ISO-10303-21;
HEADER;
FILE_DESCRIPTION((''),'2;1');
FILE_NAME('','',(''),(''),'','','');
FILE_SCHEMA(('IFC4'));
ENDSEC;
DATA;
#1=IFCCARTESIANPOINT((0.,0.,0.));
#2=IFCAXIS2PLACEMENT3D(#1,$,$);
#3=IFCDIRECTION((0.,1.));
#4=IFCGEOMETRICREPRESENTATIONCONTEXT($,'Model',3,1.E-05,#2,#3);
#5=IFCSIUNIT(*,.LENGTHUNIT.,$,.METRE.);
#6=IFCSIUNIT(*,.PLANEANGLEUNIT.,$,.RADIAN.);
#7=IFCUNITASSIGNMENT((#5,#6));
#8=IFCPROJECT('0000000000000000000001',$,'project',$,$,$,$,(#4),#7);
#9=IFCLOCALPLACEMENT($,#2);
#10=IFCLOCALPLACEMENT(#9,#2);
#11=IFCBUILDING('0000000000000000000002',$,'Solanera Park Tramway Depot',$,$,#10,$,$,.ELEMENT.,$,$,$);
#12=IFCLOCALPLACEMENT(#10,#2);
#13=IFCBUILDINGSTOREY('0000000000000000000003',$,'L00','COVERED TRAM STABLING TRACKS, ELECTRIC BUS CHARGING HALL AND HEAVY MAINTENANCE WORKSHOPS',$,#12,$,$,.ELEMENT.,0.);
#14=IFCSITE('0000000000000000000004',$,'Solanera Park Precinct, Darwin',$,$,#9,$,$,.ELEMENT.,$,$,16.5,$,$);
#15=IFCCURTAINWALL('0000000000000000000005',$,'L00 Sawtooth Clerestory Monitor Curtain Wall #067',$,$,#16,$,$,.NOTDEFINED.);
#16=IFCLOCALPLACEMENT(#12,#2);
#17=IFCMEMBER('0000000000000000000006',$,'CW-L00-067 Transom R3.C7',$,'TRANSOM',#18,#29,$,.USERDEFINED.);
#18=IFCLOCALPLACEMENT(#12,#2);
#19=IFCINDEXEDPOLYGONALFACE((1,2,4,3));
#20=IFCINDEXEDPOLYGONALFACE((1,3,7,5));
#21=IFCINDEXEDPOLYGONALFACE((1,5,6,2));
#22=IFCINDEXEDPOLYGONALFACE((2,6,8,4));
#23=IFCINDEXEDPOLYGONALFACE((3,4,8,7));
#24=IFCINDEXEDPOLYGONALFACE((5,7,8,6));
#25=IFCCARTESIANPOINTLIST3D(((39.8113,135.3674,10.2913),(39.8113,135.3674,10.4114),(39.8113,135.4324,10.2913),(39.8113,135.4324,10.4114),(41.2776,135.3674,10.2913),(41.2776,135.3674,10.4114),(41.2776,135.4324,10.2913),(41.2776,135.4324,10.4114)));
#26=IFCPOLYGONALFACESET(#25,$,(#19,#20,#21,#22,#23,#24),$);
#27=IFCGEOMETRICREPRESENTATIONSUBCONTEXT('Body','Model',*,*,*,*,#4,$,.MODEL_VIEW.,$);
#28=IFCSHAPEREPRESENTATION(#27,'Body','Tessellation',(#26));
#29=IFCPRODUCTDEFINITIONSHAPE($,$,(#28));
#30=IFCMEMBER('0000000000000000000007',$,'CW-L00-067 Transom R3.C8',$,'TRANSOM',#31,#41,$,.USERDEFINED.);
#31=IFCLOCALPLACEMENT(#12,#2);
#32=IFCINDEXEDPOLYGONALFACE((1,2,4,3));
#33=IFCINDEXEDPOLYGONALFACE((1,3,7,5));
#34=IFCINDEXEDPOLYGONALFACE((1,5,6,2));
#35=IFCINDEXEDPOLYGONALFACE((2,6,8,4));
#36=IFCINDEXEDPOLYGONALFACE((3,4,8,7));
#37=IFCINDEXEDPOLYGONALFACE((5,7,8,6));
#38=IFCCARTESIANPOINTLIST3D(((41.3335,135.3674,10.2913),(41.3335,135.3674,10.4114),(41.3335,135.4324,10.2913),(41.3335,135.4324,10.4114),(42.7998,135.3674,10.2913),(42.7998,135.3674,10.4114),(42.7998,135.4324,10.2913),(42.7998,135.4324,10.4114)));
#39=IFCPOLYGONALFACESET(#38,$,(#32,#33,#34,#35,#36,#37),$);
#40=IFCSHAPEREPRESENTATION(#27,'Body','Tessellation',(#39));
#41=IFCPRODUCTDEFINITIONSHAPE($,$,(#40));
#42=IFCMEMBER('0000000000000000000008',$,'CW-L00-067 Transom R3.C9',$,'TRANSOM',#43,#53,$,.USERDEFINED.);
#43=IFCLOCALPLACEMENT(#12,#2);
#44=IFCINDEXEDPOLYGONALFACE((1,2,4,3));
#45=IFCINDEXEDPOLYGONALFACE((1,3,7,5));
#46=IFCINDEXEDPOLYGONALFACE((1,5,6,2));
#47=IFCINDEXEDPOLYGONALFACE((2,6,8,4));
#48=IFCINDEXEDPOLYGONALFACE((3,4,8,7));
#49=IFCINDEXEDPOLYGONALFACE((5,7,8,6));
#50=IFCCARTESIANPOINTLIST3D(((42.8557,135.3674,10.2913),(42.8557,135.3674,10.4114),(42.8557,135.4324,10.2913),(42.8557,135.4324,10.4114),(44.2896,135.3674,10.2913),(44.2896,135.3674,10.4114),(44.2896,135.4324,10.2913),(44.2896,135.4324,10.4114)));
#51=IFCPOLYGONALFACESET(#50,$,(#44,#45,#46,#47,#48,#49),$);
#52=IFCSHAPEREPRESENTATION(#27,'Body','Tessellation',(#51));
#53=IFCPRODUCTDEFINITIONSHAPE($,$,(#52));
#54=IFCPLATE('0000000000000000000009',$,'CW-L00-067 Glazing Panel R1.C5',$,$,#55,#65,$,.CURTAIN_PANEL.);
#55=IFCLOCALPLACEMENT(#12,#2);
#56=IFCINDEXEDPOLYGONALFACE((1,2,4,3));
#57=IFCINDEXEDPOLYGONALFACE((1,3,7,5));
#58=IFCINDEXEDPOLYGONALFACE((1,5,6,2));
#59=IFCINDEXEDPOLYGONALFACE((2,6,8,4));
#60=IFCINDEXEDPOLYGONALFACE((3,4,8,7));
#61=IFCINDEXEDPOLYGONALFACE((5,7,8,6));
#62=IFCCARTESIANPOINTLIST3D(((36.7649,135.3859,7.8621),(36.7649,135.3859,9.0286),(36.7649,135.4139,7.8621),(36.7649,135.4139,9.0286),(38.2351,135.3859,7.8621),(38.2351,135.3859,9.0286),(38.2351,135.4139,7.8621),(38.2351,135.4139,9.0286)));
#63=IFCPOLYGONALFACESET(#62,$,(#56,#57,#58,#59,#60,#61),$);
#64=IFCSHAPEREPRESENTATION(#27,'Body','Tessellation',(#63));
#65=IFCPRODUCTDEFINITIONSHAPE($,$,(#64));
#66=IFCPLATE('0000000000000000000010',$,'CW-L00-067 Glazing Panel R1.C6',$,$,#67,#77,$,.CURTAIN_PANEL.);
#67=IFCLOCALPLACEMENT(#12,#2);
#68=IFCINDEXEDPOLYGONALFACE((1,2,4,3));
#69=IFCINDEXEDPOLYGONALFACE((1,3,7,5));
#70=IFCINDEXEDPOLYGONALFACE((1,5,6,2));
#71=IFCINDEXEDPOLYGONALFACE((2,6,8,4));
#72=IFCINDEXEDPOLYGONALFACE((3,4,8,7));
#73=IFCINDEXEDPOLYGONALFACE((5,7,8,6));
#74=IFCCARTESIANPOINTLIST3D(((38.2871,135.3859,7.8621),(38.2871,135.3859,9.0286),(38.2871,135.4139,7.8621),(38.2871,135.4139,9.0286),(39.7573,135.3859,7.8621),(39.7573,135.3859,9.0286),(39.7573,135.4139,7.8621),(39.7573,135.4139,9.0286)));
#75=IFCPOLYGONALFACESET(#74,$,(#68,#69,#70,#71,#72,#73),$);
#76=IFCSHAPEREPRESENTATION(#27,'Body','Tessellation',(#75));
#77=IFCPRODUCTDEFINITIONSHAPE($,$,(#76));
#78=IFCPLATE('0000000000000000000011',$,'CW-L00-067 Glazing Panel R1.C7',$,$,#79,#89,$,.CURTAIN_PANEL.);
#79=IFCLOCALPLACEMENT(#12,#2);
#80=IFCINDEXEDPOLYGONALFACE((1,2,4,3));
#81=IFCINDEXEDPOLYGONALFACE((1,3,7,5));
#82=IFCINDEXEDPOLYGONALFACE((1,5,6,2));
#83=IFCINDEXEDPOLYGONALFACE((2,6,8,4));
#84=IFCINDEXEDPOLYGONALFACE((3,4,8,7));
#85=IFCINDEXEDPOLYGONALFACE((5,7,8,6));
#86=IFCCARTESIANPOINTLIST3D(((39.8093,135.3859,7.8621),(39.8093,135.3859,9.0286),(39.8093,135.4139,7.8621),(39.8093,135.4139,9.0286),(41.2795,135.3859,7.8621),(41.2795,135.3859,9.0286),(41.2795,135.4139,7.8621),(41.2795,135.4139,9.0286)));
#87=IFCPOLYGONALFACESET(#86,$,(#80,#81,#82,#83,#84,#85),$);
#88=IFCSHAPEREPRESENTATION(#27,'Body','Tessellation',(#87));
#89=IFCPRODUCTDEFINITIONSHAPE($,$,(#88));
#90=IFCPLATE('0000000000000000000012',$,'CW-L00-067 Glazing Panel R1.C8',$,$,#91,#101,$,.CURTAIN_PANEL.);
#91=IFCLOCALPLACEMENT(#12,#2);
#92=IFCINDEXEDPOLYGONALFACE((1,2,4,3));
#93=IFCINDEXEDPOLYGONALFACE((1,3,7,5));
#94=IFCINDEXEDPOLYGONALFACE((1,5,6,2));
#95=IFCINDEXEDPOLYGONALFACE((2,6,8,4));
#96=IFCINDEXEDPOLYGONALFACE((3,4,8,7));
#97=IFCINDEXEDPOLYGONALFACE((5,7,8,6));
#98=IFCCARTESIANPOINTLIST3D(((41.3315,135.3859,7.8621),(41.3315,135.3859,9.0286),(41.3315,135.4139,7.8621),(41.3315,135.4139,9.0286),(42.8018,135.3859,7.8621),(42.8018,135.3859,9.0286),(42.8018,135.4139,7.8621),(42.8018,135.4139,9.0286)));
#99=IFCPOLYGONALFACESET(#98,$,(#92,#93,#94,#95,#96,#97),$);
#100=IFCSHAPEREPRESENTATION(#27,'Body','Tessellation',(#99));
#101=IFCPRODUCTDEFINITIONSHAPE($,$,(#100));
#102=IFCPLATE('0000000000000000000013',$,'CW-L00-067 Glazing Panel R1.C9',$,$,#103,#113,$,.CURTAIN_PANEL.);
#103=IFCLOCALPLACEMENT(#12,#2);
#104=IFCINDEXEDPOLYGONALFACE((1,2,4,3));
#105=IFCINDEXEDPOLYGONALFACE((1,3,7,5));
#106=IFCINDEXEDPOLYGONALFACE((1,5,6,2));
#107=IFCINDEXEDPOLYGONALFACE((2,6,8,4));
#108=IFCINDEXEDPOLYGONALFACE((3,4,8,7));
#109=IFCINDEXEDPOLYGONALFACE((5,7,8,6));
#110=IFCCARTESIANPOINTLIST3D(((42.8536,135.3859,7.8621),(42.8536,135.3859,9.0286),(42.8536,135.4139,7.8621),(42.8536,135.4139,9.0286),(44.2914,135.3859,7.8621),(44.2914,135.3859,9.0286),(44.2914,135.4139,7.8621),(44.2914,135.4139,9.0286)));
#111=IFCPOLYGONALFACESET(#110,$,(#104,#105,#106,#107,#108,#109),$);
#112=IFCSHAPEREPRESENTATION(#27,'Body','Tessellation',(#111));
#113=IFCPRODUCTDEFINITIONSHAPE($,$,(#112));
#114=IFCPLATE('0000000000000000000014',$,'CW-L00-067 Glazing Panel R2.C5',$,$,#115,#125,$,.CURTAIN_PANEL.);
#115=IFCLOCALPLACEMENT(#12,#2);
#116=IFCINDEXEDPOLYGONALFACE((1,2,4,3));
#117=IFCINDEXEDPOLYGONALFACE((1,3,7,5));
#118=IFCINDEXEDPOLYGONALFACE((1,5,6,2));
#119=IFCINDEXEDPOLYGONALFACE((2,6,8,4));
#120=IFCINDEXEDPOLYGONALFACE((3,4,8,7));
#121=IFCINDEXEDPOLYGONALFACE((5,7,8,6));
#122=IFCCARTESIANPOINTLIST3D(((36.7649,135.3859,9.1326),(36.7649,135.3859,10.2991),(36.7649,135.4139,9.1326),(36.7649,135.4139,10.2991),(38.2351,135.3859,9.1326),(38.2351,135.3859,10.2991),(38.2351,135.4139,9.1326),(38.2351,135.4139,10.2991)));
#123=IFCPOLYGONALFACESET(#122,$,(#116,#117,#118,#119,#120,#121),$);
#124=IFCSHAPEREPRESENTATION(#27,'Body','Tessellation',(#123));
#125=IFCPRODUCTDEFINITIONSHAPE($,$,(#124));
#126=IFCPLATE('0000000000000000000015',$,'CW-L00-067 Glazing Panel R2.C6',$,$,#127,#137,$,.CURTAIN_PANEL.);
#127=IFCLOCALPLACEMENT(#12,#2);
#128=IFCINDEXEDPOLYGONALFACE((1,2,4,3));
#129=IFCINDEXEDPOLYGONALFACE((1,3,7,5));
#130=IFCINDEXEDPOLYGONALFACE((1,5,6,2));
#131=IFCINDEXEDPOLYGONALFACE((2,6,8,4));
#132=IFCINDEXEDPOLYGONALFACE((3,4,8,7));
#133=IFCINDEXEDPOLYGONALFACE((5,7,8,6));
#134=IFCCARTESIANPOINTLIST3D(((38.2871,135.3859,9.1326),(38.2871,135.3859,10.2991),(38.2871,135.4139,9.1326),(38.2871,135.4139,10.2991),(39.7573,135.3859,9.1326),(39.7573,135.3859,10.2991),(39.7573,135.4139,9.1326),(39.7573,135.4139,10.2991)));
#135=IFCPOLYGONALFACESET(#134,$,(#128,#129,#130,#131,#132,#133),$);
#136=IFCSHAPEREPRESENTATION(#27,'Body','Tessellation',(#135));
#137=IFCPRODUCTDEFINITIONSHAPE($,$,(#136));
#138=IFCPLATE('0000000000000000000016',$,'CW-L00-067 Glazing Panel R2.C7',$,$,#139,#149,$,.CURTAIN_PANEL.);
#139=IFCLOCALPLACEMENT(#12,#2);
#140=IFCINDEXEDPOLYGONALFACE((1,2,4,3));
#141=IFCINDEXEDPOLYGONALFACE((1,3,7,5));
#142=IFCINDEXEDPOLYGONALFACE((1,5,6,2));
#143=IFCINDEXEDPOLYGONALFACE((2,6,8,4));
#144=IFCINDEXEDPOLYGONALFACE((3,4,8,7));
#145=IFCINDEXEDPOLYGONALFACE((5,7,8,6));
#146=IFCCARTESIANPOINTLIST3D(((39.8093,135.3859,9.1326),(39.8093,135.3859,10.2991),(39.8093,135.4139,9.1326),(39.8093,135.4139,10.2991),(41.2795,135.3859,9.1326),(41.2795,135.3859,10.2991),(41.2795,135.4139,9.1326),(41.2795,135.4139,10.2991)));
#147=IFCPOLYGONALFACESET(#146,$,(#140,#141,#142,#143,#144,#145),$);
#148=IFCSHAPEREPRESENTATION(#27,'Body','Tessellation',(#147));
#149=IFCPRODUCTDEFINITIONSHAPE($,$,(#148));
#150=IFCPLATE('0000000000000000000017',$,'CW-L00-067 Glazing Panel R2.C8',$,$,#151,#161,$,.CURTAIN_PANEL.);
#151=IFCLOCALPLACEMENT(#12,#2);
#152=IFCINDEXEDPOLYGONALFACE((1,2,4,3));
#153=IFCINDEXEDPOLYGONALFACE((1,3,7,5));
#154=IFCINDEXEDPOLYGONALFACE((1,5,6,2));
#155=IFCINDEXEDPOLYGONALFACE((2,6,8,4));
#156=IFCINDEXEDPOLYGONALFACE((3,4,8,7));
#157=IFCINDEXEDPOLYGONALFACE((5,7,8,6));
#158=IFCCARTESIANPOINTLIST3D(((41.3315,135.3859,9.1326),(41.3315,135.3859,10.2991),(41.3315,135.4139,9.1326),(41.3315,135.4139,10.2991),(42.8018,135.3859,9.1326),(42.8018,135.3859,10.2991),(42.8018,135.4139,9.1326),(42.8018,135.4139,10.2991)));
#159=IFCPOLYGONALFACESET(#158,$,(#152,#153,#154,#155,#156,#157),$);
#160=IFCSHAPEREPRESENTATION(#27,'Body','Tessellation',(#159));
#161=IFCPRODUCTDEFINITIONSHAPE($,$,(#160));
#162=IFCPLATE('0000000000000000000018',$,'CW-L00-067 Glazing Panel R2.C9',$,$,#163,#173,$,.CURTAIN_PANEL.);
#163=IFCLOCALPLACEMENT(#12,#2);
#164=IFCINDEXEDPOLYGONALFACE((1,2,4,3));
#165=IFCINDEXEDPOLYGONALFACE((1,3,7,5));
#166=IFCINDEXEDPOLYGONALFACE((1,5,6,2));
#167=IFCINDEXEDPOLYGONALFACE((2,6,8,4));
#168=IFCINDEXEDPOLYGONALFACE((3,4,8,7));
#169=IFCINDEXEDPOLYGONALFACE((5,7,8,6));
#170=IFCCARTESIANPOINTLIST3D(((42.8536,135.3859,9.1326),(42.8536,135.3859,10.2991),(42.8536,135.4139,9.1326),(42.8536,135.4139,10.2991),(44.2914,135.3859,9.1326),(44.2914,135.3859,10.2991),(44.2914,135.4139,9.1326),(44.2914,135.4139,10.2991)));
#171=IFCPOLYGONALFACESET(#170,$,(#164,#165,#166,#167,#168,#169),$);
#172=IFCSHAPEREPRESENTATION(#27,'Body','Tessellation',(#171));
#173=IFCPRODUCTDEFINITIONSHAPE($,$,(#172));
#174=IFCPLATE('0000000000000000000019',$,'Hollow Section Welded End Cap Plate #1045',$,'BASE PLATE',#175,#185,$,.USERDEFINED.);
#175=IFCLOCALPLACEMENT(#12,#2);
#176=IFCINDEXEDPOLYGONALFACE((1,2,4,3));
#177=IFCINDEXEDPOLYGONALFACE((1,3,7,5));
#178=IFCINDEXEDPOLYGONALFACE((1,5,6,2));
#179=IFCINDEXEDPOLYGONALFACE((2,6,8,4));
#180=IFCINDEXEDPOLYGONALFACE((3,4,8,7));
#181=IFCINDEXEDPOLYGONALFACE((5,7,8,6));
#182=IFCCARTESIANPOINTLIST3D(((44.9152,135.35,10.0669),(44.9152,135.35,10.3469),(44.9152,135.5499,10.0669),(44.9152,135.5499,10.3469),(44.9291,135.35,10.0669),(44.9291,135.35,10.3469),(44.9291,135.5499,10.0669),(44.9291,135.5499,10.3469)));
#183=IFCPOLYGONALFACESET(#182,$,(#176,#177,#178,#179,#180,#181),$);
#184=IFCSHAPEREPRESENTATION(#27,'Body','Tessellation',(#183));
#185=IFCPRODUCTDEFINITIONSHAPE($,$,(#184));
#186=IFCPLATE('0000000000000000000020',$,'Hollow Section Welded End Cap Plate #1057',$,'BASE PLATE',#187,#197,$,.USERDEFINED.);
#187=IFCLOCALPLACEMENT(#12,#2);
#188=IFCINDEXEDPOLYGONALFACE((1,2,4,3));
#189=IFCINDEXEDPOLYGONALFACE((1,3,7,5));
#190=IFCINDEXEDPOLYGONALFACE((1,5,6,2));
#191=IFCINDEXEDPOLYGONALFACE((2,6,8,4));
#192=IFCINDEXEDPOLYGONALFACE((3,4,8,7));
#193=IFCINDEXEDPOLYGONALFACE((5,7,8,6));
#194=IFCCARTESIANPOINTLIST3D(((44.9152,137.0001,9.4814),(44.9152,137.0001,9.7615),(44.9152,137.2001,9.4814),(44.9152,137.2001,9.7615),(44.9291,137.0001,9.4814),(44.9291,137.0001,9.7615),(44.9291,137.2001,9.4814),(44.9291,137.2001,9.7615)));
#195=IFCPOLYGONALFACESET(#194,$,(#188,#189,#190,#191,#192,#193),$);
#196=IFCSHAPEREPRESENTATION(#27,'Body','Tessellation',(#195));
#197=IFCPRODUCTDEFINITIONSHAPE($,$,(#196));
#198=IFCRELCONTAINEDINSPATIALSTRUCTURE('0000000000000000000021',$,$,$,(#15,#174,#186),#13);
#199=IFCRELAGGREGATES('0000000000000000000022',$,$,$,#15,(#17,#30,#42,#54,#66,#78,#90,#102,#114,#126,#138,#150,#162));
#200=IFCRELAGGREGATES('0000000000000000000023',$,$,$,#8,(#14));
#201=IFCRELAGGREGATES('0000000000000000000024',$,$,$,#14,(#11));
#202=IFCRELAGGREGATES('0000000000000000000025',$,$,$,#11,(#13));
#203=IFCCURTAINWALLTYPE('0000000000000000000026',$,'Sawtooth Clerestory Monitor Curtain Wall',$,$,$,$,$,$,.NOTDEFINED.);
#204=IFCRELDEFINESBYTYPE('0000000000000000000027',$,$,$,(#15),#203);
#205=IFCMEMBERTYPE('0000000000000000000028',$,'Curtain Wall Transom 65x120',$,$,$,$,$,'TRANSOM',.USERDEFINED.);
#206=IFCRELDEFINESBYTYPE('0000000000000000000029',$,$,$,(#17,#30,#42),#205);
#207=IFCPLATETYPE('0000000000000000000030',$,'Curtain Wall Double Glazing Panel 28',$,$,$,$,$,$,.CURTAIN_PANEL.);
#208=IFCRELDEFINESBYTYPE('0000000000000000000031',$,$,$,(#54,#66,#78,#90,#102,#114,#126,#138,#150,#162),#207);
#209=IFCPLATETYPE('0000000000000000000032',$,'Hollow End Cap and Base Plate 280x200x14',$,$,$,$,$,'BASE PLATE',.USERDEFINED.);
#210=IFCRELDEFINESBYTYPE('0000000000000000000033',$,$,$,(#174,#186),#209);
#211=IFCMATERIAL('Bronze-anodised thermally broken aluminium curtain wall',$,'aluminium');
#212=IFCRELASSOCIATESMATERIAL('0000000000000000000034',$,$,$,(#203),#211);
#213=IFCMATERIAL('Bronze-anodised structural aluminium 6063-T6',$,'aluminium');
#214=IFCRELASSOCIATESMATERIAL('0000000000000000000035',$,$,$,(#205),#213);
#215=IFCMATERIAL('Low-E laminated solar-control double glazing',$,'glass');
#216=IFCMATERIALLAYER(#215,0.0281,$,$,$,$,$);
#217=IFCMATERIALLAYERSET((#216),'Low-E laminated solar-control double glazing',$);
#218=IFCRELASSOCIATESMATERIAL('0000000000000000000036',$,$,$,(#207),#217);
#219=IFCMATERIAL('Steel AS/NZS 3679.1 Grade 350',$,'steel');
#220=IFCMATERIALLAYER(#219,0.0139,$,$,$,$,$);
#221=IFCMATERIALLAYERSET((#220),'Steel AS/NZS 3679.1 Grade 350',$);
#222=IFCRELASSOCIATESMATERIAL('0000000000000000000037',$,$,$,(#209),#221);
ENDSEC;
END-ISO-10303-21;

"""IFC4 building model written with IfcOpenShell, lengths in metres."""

from ifc_helpers import new_model, si_unit, direction, frame, origin, origin_2d, place, context, subcontext, project, spatial, rectangle, extrude, material, layer, layer_set, material_profile, profile_set, type_object, element, aggregate, save


model = new_model("IFC4")

# Units and contexts
model_context = context("Model", 3, precision=1e-05, world=origin(), true_north=direction((0.0, 1.0)))
body_context = subcontext(model_context, "Body", "Model", "MODEL_VIEW")
ifc_project = project(units=[si_unit("LENGTHUNIT", "METRE"), si_unit("PLANEANGLEUNIT", "RADIAN")], contexts=[model_context])

# Site, building, storey
site_placement = place(None, origin())
site = spatial("IfcSite", under=ifc_project, at=site_placement, Name="Solanera Park Precinct, Darwin", CompositionType="ELEMENT", RefElevation=16.5)
building_placement = place(site_placement, origin())
building = spatial("IfcBuilding", under=site, at=building_placement, Name="Solanera Park Tramway Depot", CompositionType="ELEMENT")
storey_placement = place(building_placement, origin())
storey = spatial("IfcBuildingStorey", under=building, at=storey_placement, Name="L00", Description="COVERED TRAM STABLING TRACKS, ELECTRIC BUS CHARGING HALL AND HEAVY MAINTENANCE WORKSHOPS", CompositionType="ELEMENT", Elevation=0.0)

# Curtain wall, members, plates
ifc_material_1 = material(Name="Bronze-anodised thermally broken aluminium curtain wall", Category="aluminium")
curtain_wall_type = type_object("IfcCurtainWallType", Name="Sawtooth Clerestory Monitor Curtain Wall", PredefinedType="NOTDEFINED", material=ifc_material_1)
curtain_wall_placement = place(storey_placement, origin())
curtain_wall = element("IfcCurtainWall", 1, at=curtain_wall_placement, inside=storey, type_object=curtain_wall_type, Name="L00 Sawtooth Clerestory Monitor Curtain Wall #067", PredefinedType="NOTDEFINED")
ifc_material_2 = material(Name="Bronze-anodised structural aluminium 6063-T6", Category="aluminium")
ifc_material_profile_1 = material_profile(ifc_material_2, rectangle(XDim=0.0649, YDim=0.1201, at=origin_2d()), Name="Curtain Wall Transom 65x120")
ifc_profile_set_1 = profile_set([ifc_material_profile_1], Name="Bronze-anodised structural aluminium 6063-T6")
member_type_1 = type_object("IfcMemberType", Name="Curtain Wall Transom 65x120", ElementType="TRANSOM", PredefinedType="USERDEFINED", material=ifc_profile_set_1)
member_1_placement = place(storey_placement, frame((39.8113, 135.3999, 10.3513), z_axis=(1.0, 0.0, 0.0), x_axis=(0.0, 1.0, 0.0)))
member_1 = element("IfcMember", 2, at=member_1_placement, type_object=member_type_1, Name="CW-L00-067 Transom R3.C7", ObjectType="TRANSOM", PredefinedType="USERDEFINED", context=body_context, shape_type="SweptSolid", body=[
    extrude(rectangle(XDim=0.0649, YDim=0.1201, at=origin_2d()), origin(), (0.0, 0.0, 1.0), 1.4663),
])
member_2_placement = place(storey_placement, frame((41.3335, 135.3999, 10.3513), z_axis=(1.0, 0.0, 0.0), x_axis=(0.0, 1.0, 0.0)))
member_2 = element("IfcMember", 3, at=member_2_placement, type_object=member_type_1, Name="CW-L00-067 Transom R3.C8", ObjectType="TRANSOM", PredefinedType="USERDEFINED", context=body_context, shape_type="SweptSolid", body=[
    extrude(rectangle(XDim=0.0649, YDim=0.1201, at=origin_2d()), origin(), (0.0, 0.0, 1.0), 1.4663),
])
member_3_placement = place(storey_placement, frame((42.8557, 135.3999, 10.3513), z_axis=(1.0, 0.0, 0.0), x_axis=(0.0, 1.0, 0.0)))
member_3 = element("IfcMember", 4, at=member_3_placement, type_object=member_type_1, Name="CW-L00-067 Transom R3.C9", ObjectType="TRANSOM", PredefinedType="USERDEFINED", context=body_context, shape_type="SweptSolid", body=[
    extrude(rectangle(XDim=0.0649, YDim=0.1201, at=origin_2d()), origin(), (0.0, 0.0, 1.0), 1.4338),
])
ifc_material_3 = material(Name="Low-E laminated solar-control double glazing", Category="glass")
ifc_layer_1 = layer(ifc_material_3, 0.0281)
ifc_layer_set_1 = layer_set([ifc_layer_1], Name="Low-E laminated solar-control double glazing")
plate_type_1 = type_object("IfcPlateType", Name="Curtain Wall Double Glazing Panel 28", PredefinedType="CURTAIN_PANEL", material=ifc_layer_set_1)
plate_1_placement = place(storey_placement, frame((37.5, 135.3999, 7.8621), z_axis=(0.0, 0.0, 1.0), x_axis=(1.0, 0.0, 0.0)))
plate_1 = element("IfcPlate", 5, at=plate_1_placement, type_object=plate_type_1, Name="CW-L00-067 Glazing Panel R1.C5", PredefinedType="CURTAIN_PANEL", context=body_context, shape_type="SweptSolid", body=[
    extrude(rectangle(XDim=1.4702, YDim=0.0281, at=origin_2d()), origin(), (0.0, 0.0, 1.0), 1.1665),
])
plate_2_placement = place(storey_placement, frame((39.0222, 135.3999, 7.8621), z_axis=(0.0, 0.0, 1.0), x_axis=(1.0, 0.0, 0.0)))
plate_2 = element("IfcPlate", 6, at=plate_2_placement, type_object=plate_type_1, Name="CW-L00-067 Glazing Panel R1.C6", PredefinedType="CURTAIN_PANEL", context=body_context, shape_type="SweptSolid", body=[
    extrude(rectangle(XDim=1.4702, YDim=0.0281, at=origin_2d()), origin(), (0.0, 0.0, 1.0), 1.1665),
])
plate_3_placement = place(storey_placement, frame((40.5444, 135.3999, 7.8621), z_axis=(0.0, 0.0, 1.0), x_axis=(1.0, 0.0, 0.0)))
plate_3 = element("IfcPlate", 7, at=plate_3_placement, type_object=plate_type_1, Name="CW-L00-067 Glazing Panel R1.C7", PredefinedType="CURTAIN_PANEL", context=body_context, shape_type="SweptSolid", body=[
    extrude(rectangle(XDim=1.4702, YDim=0.0281, at=origin_2d()), origin(), (0.0, 0.0, 1.0), 1.1665),
])
plate_4_placement = place(storey_placement, frame((42.0667, 135.3999, 7.8621), z_axis=(0.0, 0.0, 1.0), x_axis=(1.0, 0.0, 0.0)))
plate_4 = element("IfcPlate", 8, at=plate_4_placement, type_object=plate_type_1, Name="CW-L00-067 Glazing Panel R1.C8", PredefinedType="CURTAIN_PANEL", context=body_context, shape_type="SweptSolid", body=[
    extrude(rectangle(XDim=1.4702, YDim=0.0281, at=origin_2d()), origin(), (0.0, 0.0, 1.0), 1.1665),
])
plate_5_placement = place(storey_placement, frame((43.5725, 135.3999, 7.8621), z_axis=(0.0, 0.0, 1.0), x_axis=(1.0, 0.0, 0.0)))
plate_5 = element("IfcPlate", 9, at=plate_5_placement, type_object=plate_type_1, Name="CW-L00-067 Glazing Panel R1.C9", PredefinedType="CURTAIN_PANEL", context=body_context, shape_type="SweptSolid", body=[
    extrude(rectangle(XDim=1.4377, YDim=0.0281, at=origin_2d()), origin(), (0.0, 0.0, 1.0), 1.1665),
])
plate_6_placement = place(storey_placement, frame((37.5, 135.3999, 9.1326), z_axis=(0.0, 0.0, 1.0), x_axis=(1.0, 0.0, 0.0)))
plate_6 = element("IfcPlate", 10, at=plate_6_placement, type_object=plate_type_1, Name="CW-L00-067 Glazing Panel R2.C5", PredefinedType="CURTAIN_PANEL", context=body_context, shape_type="SweptSolid", body=[
    extrude(rectangle(XDim=1.4702, YDim=0.0281, at=origin_2d()), origin(), (0.0, 0.0, 1.0), 1.1665),
])
plate_7_placement = place(storey_placement, frame((39.0222, 135.3999, 9.1326), z_axis=(0.0, 0.0, 1.0), x_axis=(1.0, 0.0, 0.0)))
plate_7 = element("IfcPlate", 11, at=plate_7_placement, type_object=plate_type_1, Name="CW-L00-067 Glazing Panel R2.C6", PredefinedType="CURTAIN_PANEL", context=body_context, shape_type="SweptSolid", body=[
    extrude(rectangle(XDim=1.4702, YDim=0.0281, at=origin_2d()), origin(), (0.0, 0.0, 1.0), 1.1665),
])
plate_8_placement = place(storey_placement, frame((40.5444, 135.3999, 9.1326), z_axis=(0.0, 0.0, 1.0), x_axis=(1.0, 0.0, 0.0)))
plate_8 = element("IfcPlate", 12, at=plate_8_placement, type_object=plate_type_1, Name="CW-L00-067 Glazing Panel R2.C7", PredefinedType="CURTAIN_PANEL", context=body_context, shape_type="SweptSolid", body=[
    extrude(rectangle(XDim=1.4702, YDim=0.0281, at=origin_2d()), origin(), (0.0, 0.0, 1.0), 1.1665),
])
plate_9_placement = place(storey_placement, frame((42.0667, 135.3999, 9.1326), z_axis=(0.0, 0.0, 1.0), x_axis=(1.0, 0.0, 0.0)))
plate_9 = element("IfcPlate", 13, at=plate_9_placement, type_object=plate_type_1, Name="CW-L00-067 Glazing Panel R2.C8", PredefinedType="CURTAIN_PANEL", context=body_context, shape_type="SweptSolid", body=[
    extrude(rectangle(XDim=1.4702, YDim=0.0281, at=origin_2d()), origin(), (0.0, 0.0, 1.0), 1.1665),
])
plate_10_placement = place(storey_placement, frame((43.5725, 135.3999, 9.1326), z_axis=(0.0, 0.0, 1.0), x_axis=(1.0, 0.0, 0.0)))
plate_10 = element("IfcPlate", 14, at=plate_10_placement, type_object=plate_type_1, Name="CW-L00-067 Glazing Panel R2.C9", PredefinedType="CURTAIN_PANEL", context=body_context, shape_type="SweptSolid", body=[
    extrude(rectangle(XDim=1.4377, YDim=0.0281, at=origin_2d()), origin(), (0.0, 0.0, 1.0), 1.1665),
])
aggregate(curtain_wall, [member_1, member_2, member_3, plate_1, plate_2, plate_3, plate_4, plate_5, plate_6, plate_7, plate_8, plate_9, plate_10])

# Plates
ifc_material_4 = material(Name="Steel AS/NZS 3679.1 Grade 350", Category="steel")
ifc_layer_2 = layer(ifc_material_4, 0.0139)
ifc_layer_set_2 = layer_set([ifc_layer_2], Name="Steel AS/NZS 3679.1 Grade 350")
plate_type_2 = type_object("IfcPlateType", Name="Hollow End Cap and Base Plate 280x200x14", ElementType="BASE PLATE", PredefinedType="USERDEFINED", material=ifc_layer_set_2)
for number, where, z_axis, x_axis, name in (
    (15, (44.9221, 135.45, 10.0669), (0.0, 0.0, 1.0), (1.0, 0.0, 0.0), "Hollow Section Welded End Cap Plate #1045"),
    (16, (44.9221, 137.1001, 9.4814), (0.0, 0.0, 1.0), (1.0, 0.0, 0.0), "Hollow Section Welded End Cap Plate #1057"),
):
    element("IfcPlate", number, at=place(storey_placement, frame(where, z_axis=z_axis, x_axis=x_axis)), inside=storey, type_object=plate_type_2, Name=name, ObjectType="BASE PLATE", PredefinedType="USERDEFINED", context=body_context, shape_type="SweptSolid", body=[
        extrude(rectangle(XDim=0.0139, YDim=0.2, at=origin_2d()), origin(), (0.0, 0.0, 1.0), 0.28),
    ])

save(model, "model.ifc")
